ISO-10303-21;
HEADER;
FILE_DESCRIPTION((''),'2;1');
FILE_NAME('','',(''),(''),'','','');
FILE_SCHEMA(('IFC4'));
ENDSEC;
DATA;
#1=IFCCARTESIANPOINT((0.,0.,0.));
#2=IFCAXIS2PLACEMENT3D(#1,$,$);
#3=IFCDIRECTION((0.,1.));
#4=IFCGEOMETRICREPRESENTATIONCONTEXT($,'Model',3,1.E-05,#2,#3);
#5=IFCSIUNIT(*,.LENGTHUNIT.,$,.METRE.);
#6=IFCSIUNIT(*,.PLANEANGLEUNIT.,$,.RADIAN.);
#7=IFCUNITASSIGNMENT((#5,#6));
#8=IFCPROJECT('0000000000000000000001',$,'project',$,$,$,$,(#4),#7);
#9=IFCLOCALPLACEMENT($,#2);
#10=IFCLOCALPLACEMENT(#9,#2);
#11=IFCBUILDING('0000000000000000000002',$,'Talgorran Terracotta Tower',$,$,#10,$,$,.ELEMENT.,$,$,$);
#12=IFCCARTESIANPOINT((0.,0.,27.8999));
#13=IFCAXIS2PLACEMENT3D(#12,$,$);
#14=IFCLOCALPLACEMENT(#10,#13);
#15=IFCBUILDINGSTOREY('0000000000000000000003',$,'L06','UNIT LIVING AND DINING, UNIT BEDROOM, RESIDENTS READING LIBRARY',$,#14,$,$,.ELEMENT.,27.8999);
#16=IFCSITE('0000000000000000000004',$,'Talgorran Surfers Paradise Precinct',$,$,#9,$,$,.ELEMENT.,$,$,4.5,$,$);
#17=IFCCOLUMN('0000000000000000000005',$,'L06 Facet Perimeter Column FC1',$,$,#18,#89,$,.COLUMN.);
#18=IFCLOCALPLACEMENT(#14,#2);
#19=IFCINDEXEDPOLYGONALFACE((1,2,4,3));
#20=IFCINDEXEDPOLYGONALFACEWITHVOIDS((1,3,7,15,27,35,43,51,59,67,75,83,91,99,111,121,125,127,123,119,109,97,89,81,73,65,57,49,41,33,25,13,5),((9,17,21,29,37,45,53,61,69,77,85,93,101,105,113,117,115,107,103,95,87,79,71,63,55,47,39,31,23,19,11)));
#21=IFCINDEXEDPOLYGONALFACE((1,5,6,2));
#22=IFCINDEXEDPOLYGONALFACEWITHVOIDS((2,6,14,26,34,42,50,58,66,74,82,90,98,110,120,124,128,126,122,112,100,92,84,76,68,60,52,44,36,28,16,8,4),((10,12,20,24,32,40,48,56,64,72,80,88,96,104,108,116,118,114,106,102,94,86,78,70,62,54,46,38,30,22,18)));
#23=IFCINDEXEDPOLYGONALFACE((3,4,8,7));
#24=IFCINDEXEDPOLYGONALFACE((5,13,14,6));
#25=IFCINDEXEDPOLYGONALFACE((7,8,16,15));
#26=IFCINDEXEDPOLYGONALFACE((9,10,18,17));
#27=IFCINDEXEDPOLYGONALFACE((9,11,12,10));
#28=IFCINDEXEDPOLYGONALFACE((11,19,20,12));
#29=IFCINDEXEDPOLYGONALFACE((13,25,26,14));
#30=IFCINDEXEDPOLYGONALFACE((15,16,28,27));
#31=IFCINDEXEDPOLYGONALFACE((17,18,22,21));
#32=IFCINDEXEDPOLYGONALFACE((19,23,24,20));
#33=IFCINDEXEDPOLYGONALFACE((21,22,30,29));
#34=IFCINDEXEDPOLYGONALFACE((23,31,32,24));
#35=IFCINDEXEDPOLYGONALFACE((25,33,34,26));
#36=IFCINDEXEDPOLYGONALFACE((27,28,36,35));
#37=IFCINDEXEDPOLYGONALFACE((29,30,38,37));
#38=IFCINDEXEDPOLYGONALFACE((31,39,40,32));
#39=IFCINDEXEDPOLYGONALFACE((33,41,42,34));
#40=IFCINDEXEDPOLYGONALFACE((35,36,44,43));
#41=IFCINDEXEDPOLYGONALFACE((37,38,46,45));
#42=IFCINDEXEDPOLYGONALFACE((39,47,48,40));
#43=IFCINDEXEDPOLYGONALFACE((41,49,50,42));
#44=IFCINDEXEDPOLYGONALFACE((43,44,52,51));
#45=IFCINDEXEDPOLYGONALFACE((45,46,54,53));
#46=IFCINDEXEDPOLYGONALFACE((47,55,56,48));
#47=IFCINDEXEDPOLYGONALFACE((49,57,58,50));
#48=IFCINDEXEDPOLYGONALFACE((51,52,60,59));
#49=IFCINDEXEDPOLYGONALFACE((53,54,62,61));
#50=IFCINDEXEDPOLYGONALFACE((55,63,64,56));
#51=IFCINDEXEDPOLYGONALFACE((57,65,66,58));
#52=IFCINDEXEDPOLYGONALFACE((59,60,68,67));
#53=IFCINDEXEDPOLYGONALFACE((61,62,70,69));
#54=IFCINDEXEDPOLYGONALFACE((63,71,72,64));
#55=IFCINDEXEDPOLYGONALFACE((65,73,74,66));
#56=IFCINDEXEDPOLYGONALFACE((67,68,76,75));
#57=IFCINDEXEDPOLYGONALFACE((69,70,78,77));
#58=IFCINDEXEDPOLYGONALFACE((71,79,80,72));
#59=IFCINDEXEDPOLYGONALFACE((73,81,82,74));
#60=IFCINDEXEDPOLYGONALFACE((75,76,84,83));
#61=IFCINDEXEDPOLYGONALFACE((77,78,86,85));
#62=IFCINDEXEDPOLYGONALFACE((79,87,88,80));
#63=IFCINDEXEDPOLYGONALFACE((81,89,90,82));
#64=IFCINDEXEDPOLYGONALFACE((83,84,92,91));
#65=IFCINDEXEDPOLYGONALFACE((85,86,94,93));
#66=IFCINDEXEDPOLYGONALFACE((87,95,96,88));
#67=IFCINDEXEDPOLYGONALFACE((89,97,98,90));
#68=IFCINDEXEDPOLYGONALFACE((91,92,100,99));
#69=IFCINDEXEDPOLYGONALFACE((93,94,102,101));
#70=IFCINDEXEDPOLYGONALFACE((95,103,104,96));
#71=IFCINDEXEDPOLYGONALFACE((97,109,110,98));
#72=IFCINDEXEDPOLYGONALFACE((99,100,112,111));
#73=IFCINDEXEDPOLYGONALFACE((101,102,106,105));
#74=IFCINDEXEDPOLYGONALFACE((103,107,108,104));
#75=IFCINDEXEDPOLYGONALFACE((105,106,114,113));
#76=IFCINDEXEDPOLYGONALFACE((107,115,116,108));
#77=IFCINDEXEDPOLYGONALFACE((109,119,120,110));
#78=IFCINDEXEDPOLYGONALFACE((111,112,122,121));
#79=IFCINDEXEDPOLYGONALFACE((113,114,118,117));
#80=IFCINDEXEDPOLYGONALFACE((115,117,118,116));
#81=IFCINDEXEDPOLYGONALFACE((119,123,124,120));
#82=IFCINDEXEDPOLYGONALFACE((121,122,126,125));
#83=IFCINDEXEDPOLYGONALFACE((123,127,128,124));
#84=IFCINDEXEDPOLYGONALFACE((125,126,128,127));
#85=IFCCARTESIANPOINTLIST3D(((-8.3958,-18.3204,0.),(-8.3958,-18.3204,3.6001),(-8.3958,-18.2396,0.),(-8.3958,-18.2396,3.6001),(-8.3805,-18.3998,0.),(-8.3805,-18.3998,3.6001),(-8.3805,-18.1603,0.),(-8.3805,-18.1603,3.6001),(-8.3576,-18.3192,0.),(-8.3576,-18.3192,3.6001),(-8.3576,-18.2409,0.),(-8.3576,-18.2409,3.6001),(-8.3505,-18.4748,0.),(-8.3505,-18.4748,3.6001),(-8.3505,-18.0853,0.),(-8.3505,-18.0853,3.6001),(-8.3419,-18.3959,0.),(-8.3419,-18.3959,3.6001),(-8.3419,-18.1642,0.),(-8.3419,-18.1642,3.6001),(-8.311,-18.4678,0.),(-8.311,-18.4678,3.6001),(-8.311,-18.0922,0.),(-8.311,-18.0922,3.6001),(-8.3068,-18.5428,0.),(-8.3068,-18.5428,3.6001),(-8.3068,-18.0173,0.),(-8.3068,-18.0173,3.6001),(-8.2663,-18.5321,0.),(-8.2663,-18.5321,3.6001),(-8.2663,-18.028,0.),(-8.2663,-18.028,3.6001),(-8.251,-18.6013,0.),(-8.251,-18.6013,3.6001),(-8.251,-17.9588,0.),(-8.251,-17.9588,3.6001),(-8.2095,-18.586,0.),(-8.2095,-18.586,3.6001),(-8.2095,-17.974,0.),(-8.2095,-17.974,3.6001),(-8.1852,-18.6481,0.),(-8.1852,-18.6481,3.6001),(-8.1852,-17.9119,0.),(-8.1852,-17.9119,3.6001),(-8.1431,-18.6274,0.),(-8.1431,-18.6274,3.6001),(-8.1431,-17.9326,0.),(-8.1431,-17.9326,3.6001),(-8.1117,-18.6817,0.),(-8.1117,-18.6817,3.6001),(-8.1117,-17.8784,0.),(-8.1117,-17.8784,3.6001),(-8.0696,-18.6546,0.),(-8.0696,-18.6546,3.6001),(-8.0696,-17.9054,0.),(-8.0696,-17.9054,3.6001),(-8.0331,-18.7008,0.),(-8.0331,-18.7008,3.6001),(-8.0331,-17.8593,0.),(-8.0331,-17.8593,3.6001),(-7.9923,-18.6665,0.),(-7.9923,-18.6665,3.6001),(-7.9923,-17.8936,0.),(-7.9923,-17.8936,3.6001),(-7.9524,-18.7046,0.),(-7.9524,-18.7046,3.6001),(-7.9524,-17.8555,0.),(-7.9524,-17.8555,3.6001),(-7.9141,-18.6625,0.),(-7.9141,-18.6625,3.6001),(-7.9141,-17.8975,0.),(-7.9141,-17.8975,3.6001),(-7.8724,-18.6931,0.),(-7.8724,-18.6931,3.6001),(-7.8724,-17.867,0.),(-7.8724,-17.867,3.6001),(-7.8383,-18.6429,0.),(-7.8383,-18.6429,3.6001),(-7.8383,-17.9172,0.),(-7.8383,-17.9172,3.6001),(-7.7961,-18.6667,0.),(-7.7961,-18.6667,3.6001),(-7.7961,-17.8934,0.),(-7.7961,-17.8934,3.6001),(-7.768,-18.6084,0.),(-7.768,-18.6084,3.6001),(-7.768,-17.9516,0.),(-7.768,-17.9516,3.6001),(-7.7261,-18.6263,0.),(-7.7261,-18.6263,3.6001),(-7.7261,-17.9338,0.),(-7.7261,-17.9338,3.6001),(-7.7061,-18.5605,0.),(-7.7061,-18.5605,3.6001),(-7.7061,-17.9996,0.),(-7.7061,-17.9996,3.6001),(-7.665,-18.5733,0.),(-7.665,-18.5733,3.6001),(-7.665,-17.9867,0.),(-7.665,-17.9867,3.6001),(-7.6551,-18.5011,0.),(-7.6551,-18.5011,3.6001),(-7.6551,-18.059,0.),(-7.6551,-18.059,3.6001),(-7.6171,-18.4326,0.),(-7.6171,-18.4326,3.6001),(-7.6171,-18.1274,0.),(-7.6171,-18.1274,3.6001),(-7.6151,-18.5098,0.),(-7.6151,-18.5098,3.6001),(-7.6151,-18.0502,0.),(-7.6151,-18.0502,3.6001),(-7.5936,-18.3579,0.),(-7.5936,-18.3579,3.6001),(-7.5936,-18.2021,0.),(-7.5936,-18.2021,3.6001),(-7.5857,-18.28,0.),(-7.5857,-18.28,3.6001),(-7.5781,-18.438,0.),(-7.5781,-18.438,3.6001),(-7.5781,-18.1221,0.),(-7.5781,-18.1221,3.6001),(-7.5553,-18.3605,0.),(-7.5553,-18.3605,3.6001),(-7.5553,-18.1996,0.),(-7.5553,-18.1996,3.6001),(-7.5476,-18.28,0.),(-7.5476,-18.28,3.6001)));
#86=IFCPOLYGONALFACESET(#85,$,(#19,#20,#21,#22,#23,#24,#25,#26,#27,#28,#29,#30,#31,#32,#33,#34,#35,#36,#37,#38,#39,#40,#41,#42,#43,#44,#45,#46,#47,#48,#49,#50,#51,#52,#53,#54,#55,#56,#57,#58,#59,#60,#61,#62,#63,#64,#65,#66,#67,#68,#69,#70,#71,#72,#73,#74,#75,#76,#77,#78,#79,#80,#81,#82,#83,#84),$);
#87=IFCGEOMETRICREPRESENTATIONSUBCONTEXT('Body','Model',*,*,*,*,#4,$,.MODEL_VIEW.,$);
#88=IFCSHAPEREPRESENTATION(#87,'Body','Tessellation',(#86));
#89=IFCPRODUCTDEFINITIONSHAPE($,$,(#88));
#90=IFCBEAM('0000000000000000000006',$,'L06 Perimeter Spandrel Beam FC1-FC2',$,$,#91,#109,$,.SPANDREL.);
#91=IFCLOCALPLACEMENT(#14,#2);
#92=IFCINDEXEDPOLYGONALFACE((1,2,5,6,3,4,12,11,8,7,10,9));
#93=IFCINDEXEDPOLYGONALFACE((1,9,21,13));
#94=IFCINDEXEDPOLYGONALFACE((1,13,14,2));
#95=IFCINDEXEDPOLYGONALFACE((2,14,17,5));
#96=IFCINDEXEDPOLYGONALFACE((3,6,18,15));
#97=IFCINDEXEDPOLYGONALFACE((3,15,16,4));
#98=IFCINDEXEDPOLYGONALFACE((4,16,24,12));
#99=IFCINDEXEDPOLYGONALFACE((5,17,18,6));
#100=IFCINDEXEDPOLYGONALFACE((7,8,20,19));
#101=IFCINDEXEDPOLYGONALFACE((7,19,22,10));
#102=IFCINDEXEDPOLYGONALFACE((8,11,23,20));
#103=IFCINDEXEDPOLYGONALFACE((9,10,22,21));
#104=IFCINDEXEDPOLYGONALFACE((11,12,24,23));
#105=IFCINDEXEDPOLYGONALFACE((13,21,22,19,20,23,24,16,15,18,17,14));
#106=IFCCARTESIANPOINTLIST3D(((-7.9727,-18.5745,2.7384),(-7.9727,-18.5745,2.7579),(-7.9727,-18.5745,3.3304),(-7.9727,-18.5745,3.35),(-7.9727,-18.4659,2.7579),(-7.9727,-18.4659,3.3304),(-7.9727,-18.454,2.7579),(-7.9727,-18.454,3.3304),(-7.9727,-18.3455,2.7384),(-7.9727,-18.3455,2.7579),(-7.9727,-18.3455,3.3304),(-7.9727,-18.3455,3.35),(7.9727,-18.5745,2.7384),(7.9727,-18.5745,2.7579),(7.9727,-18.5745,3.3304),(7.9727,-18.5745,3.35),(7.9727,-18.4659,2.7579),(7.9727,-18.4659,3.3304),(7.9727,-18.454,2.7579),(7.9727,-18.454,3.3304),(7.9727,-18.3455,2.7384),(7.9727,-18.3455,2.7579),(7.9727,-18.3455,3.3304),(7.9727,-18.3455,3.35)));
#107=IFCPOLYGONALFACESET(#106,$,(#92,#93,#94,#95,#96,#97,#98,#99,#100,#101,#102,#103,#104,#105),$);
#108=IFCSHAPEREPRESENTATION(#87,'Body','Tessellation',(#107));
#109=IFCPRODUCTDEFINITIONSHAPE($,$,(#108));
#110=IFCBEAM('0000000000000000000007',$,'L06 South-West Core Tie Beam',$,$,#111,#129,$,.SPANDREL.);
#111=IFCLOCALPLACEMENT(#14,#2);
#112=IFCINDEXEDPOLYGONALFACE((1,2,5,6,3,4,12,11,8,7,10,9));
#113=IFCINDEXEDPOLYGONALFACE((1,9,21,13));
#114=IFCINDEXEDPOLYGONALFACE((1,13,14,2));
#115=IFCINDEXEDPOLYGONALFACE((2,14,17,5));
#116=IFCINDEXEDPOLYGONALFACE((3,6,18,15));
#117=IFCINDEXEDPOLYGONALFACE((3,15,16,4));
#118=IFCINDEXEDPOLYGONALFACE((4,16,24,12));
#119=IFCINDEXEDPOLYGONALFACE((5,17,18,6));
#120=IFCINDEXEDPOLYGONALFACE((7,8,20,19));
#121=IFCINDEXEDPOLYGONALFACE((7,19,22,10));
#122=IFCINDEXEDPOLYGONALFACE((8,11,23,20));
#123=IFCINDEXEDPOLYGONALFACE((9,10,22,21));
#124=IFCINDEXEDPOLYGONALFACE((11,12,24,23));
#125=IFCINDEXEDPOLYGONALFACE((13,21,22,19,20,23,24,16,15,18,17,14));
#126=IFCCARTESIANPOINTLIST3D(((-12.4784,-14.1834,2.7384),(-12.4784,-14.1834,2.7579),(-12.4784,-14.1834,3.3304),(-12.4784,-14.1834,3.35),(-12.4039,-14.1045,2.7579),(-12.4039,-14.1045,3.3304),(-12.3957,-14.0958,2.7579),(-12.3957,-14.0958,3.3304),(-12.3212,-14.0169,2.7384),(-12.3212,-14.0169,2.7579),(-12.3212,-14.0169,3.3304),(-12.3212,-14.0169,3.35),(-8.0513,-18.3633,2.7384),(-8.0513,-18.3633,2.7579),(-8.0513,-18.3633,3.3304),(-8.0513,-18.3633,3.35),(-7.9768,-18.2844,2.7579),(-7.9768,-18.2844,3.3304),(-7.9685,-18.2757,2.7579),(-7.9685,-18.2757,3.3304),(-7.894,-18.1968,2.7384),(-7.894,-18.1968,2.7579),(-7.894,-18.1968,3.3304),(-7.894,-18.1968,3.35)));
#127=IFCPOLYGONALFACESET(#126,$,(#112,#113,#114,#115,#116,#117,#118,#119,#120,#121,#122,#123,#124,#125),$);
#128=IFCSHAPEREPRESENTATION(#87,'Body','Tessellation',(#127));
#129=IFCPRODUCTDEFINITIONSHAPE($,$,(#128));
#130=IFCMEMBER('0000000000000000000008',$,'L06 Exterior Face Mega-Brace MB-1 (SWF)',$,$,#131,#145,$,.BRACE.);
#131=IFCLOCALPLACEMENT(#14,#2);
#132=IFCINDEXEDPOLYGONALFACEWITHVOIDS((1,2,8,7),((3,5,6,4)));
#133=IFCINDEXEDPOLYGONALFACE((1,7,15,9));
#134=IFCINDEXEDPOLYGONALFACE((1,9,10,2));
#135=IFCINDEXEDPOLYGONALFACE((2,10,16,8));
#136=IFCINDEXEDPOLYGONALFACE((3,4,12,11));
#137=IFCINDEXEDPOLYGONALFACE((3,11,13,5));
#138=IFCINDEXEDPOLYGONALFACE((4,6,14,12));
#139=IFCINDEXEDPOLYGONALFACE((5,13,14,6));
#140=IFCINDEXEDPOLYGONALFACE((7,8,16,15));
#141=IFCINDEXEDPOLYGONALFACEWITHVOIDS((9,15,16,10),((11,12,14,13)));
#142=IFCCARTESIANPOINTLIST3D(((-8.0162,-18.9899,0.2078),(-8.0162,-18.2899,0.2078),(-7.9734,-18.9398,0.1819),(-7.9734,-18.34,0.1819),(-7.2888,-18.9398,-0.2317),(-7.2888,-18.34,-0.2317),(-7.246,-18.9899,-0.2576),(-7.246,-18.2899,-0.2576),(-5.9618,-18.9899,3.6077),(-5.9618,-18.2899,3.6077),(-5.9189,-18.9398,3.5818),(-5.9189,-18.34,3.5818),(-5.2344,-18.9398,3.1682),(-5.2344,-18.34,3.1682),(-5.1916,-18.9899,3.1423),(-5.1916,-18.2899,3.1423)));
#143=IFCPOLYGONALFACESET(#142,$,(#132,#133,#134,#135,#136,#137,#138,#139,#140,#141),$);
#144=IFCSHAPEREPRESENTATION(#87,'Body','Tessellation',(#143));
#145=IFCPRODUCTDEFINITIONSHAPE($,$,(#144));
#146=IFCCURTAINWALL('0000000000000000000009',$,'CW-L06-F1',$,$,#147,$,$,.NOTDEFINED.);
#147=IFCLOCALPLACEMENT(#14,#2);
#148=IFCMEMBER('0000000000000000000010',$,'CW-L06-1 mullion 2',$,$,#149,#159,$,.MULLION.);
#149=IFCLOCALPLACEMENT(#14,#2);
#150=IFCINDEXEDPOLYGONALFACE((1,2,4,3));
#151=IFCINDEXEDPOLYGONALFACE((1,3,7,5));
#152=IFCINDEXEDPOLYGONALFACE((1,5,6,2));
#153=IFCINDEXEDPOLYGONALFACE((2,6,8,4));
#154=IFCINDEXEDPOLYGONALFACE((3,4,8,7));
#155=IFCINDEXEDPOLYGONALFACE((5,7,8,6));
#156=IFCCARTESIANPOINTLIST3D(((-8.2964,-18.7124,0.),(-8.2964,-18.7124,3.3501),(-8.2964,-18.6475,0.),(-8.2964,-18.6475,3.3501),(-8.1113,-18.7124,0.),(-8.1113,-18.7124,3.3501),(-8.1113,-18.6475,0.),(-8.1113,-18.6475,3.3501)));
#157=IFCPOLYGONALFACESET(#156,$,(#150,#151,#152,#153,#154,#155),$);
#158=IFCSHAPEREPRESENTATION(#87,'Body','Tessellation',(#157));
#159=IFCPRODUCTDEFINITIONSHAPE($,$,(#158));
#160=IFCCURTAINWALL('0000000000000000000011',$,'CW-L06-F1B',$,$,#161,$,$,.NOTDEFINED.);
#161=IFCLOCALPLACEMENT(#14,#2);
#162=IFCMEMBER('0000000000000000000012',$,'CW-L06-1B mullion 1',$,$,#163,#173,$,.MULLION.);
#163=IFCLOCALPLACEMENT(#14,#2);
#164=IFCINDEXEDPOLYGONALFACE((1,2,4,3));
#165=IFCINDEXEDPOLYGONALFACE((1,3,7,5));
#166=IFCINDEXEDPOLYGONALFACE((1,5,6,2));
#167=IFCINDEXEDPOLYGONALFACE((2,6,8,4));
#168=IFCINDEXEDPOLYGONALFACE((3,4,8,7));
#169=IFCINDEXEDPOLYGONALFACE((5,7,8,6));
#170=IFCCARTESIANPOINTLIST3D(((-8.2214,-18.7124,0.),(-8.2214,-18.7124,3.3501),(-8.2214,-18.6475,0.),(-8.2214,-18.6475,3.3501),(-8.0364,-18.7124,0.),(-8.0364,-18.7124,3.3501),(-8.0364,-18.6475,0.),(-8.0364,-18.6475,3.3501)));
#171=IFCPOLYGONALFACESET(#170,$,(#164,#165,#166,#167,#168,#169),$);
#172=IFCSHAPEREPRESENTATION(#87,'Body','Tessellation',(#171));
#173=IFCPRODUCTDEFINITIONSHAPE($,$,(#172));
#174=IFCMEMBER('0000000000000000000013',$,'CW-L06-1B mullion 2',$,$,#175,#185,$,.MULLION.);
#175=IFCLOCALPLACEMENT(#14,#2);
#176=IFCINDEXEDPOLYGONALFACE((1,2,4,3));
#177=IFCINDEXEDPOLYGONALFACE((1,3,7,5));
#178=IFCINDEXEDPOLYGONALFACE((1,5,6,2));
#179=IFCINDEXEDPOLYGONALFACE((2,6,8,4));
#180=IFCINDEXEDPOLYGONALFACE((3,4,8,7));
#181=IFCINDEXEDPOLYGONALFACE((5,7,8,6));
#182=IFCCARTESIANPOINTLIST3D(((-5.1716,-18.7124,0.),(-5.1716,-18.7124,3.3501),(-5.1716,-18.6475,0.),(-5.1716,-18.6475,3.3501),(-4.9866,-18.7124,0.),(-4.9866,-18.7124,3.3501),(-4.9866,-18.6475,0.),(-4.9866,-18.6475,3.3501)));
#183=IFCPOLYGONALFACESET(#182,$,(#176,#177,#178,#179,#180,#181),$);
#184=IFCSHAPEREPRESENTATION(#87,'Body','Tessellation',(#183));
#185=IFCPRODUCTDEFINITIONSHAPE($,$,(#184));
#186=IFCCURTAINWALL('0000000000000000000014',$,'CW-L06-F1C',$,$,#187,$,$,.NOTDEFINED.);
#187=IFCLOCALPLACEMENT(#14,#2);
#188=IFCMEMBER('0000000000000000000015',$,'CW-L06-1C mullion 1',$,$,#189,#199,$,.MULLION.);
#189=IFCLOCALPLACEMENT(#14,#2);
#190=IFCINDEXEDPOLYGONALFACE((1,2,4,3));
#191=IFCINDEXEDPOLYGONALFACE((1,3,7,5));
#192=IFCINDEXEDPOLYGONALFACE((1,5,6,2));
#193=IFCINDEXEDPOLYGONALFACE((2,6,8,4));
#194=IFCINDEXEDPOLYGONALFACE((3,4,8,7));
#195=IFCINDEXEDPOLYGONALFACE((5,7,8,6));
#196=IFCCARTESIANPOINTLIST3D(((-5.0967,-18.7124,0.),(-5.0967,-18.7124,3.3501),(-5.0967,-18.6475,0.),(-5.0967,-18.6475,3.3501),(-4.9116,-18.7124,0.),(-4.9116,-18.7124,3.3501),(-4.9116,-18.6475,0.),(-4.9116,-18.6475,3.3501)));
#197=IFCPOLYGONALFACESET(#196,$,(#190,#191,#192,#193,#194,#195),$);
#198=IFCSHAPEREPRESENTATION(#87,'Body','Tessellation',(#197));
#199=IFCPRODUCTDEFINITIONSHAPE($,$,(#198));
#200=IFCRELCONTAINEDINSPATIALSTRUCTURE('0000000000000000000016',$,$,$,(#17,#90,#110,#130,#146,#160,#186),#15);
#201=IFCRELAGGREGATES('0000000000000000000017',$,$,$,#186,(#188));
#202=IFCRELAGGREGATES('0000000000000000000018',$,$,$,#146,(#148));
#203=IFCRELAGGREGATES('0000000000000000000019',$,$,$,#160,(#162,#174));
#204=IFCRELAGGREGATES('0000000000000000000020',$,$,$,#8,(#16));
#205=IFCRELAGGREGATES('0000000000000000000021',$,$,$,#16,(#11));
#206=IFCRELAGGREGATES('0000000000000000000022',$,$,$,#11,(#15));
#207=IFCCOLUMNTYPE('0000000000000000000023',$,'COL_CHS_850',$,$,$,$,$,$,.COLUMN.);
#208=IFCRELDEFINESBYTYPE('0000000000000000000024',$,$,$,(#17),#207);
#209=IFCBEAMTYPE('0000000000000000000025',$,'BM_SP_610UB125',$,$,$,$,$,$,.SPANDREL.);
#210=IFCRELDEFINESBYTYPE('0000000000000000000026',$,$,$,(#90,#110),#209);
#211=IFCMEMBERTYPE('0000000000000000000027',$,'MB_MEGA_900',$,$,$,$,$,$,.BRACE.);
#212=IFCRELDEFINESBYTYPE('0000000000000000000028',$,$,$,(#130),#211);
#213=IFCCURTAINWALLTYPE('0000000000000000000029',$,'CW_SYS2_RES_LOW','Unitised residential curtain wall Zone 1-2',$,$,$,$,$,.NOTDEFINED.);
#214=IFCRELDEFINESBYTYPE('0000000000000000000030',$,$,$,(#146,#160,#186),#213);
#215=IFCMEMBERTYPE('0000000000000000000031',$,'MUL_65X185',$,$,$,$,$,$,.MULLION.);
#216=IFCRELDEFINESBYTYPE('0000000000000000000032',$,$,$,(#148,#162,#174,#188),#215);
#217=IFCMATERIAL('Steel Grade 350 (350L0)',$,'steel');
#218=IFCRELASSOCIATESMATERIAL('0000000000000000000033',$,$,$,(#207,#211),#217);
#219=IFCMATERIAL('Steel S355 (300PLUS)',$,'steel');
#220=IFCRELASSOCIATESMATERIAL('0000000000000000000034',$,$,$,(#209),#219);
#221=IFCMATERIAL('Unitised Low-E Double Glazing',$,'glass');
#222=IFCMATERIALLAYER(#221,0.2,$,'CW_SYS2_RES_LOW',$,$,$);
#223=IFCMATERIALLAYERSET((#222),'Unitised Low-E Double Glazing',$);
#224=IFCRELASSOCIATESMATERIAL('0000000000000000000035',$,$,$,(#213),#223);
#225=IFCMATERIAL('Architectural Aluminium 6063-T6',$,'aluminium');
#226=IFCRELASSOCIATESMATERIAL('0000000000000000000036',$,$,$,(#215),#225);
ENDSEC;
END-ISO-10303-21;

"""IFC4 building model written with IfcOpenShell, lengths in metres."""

from ifc_helpers import new_model, si_unit, direction, frame, origin, origin_2d, place, context, subcontext, project, spatial, rectangle, hollow_rectangle, hollow_circle, i_section, extrude, material, layer, layer_set, material_profile, profile_set, type_object, element, aggregate, save


model = new_model("IFC4")

# Units and contexts
model_context = context("Model", 3, precision=1e-05, world=origin(), true_north=direction((0.0, 1.0)))
body_context = subcontext(model_context, "Body", "Model", "MODEL_VIEW")
ifc_project = project(units=[si_unit("LENGTHUNIT", "METRE"), si_unit("PLANEANGLEUNIT", "RADIAN")], contexts=[model_context])

# Site, building, storey
site_placement = place(None, origin())
site = spatial("IfcSite", under=ifc_project, at=site_placement, Name="Talgorran Surfers Paradise Precinct", CompositionType="ELEMENT", RefElevation=4.5)
building_placement = place(site_placement, origin())
building = spatial("IfcBuilding", under=site, at=building_placement, Name="Talgorran Terracotta Tower", CompositionType="ELEMENT")
storey_placement = place(building_placement, frame((0.0, 0.0, 27.8999)))
storey = spatial("IfcBuildingStorey", under=building, at=storey_placement, Name="L06", Description="UNIT LIVING AND DINING, UNIT BEDROOM, RESIDENTS READING LIBRARY", CompositionType="ELEMENT", Elevation=27.8999)

# Column
ifc_material_1 = material(Name="Steel Grade 350 (350L0)", Category="steel")
ifc_material_profile_1 = material_profile(ifc_material_1, hollow_circle(Radius=0.425, WallThickness=0.0381, at=origin_2d()), Name="CHS850X38")
ifc_profile_set_1 = profile_set([ifc_material_profile_1], Name="Steel Grade 350 (350L0)")
column_type = type_object("IfcColumnType", Name="COL_CHS_850", PredefinedType="COLUMN", material=ifc_profile_set_1)
column_placement = place(storey_placement, frame((-7.9727, -18.28, 0.0), z_axis=(0.0, 0.0, 1.0), x_axis=(1.0, 0.0, 0.0)))
element("IfcColumn", 1, at=column_placement, inside=storey, type_object=column_type, Name="L06 Facet Perimeter Column FC1", PredefinedType="COLUMN", context=body_context, shape_type="SweptSolid", body=[
    extrude(hollow_circle(Radius=0.425, WallThickness=0.0381, at=origin_2d()), origin(), (0.0, 0.0, 1.0), 3.6001),
])

# Beams
ifc_material_2 = material(Name="Steel S355 (300PLUS)", Category="steel")
ifc_material_profile_2 = material_profile(ifc_material_2, i_section(OverallWidth=0.229, OverallDepth=0.6116, WebThickness=0.012, FlangeThickness=0.0195, at=origin_2d()), Name="610UB125")
ifc_profile_set_2 = profile_set([ifc_material_profile_2], Name="Steel S355 (300PLUS)")
beam_type = type_object("IfcBeamType", Name="BM_SP_610UB125", PredefinedType="SPANDREL", material=ifc_profile_set_2)
beam_1_placement = place(storey_placement, frame((-7.9727, -18.46, 3.0442), z_axis=(1.0, 0.0, 0.0), x_axis=(0.0, 1.0, 0.0)))
element("IfcBeam", 2, at=beam_1_placement, inside=storey, type_object=beam_type, Name="L06 Perimeter Spandrel Beam FC1-FC2", PredefinedType="SPANDREL", context=body_context, shape_type="SweptSolid", body=[
    extrude(i_section(OverallWidth=0.229, OverallDepth=0.6116, WebThickness=0.012, FlangeThickness=0.0195, at=origin_2d()), origin(), (0.0, 0.0, 1.0), 15.9453),
])
beam_2_placement = place(storey_placement, frame((-7.9727, -18.28, 3.0442), z_axis=(-0.727124, 0.686506, 0.0), x_axis=(-0.686506, -0.727124, 0.0)))
element("IfcBeam", 3, at=beam_2_placement, inside=storey, type_object=beam_type, Name="L06 South-West Core Tie Beam", PredefinedType="SPANDREL", context=body_context, shape_type="SweptSolid", body=[
    extrude(i_section(OverallWidth=0.229, OverallDepth=0.6116, WebThickness=0.012, FlangeThickness=0.0195, at=origin_2d()), origin(), (0.0, 0.0, 1.0), 6.0886),
])

# Member
ifc_material_profile_3 = material_profile(ifc_material_1, hollow_rectangle(XDim=0.7, YDim=0.8999, WallThickness=0.05, at=origin_2d()), Name="WBOX900X700X50")
ifc_profile_set_3 = profile_set([ifc_material_profile_3], Name="Steel Grade 350 (350L0)")
member_type_1 = type_object("IfcMemberType", Name="MB_MEGA_900", PredefinedType="BRACE", material=ifc_profile_set_3)
member_1_placement = place(storey_placement, frame((-7.6311, -18.6399, -0.0249), z_axis=(0.517178, 0.0, 0.855878), x_axis=(0.0, 1.0, 0.0)))
element("IfcMember", 4, at=member_1_placement, inside=storey, type_object=member_type_1, Name="L06 Exterior Face Mega-Brace MB-1 (SWF)", PredefinedType="BRACE", context=body_context, shape_type="SweptSolid", body=[
    extrude(hollow_rectangle(XDim=0.7, YDim=0.8999, WallThickness=0.05, at=origin_2d()), origin(), (0.0, 0.0, 1.0), 3.9724),
])

# Curtain wall, member
ifc_material_3 = material(Name="Unitised Low-E Double Glazing", Category="glass")
ifc_layer_1 = layer(ifc_material_3, 0.2, Name="CW_SYS2_RES_LOW")
ifc_layer_set_1 = layer_set([ifc_layer_1], Name="Unitised Low-E Double Glazing")
curtain_wall_type = type_object("IfcCurtainWallType", Name="CW_SYS2_RES_LOW", Description="Unitised residential curtain wall Zone 1-2", PredefinedType="NOTDEFINED", material=ifc_layer_set_1)
curtain_wall_1_placement = place(storey_placement, origin())
curtain_wall_1 = element("IfcCurtainWall", 5, at=curtain_wall_1_placement, inside=storey, type_object=curtain_wall_type, Name="CW-L06-F1", PredefinedType="NOTDEFINED")
ifc_material_4 = material(Name="Architectural Aluminium 6063-T6", Category="aluminium")
ifc_material_profile_4 = material_profile(ifc_material_4, rectangle(XDim=0.0649, YDim=0.1851, at=origin_2d()), Name="CWM65X185")
ifc_profile_set_4 = profile_set([ifc_material_profile_4], Name="Architectural Aluminium 6063-T6")
member_type_2 = type_object("IfcMemberType", Name="MUL_65X185", PredefinedType="MULLION", material=ifc_profile_set_4)
member_2_placement = place(storey_placement, frame((-8.2039, -18.6799, 0.0), z_axis=(0.0, 0.0, 1.0), x_axis=(0.0, 1.0, 0.0)))
member_2 = element("IfcMember", 6, at=member_2_placement, type_object=member_type_2, Name="CW-L06-1 mullion 2", PredefinedType="MULLION", context=body_context, shape_type="SweptSolid", body=[
    extrude(rectangle(XDim=0.0649, YDim=0.1851, at=origin_2d()), origin(), (0.0, 0.0, 1.0), 3.3501),
])

# Curtain wall, members
curtain_wall_2_placement = place(storey_placement, origin())
curtain_wall_2 = element("IfcCurtainWall", 7, at=curtain_wall_2_placement, inside=storey, type_object=curtain_wall_type, Name="CW-L06-F1B", PredefinedType="NOTDEFINED")
member_3_placement = place(storey_placement, frame((-8.1289, -18.6799, 0.0), z_axis=(0.0, 0.0, 1.0), x_axis=(0.0, 1.0, 0.0)))
member_3 = element("IfcMember", 8, at=member_3_placement, type_object=member_type_2, Name="CW-L06-1B mullion 1", PredefinedType="MULLION", context=body_context, shape_type="SweptSolid", body=[
    extrude(rectangle(XDim=0.0649, YDim=0.1851, at=origin_2d()), origin(), (0.0, 0.0, 1.0), 3.3501),
])
member_4_placement = place(storey_placement, frame((-5.0791, -18.6799, 0.0), z_axis=(0.0, 0.0, 1.0), x_axis=(0.0, 1.0, 0.0)))
member_4 = element("IfcMember", 9, at=member_4_placement, type_object=member_type_2, Name="CW-L06-1B mullion 2", PredefinedType="MULLION", context=body_context, shape_type="SweptSolid", body=[
    extrude(rectangle(XDim=0.0649, YDim=0.1851, at=origin_2d()), origin(), (0.0, 0.0, 1.0), 3.3501),
])

# Curtain wall, member
curtain_wall_3_placement = place(storey_placement, origin())
curtain_wall_3 = element("IfcCurtainWall", 10, at=curtain_wall_3_placement, inside=storey, type_object=curtain_wall_type, Name="CW-L06-F1C", PredefinedType="NOTDEFINED")
member_5_placement = place(storey_placement, frame((-5.0042, -18.6799, 0.0), z_axis=(0.0, 0.0, 1.0), x_axis=(0.0, 1.0, 0.0)))
member_5 = element("IfcMember", 11, at=member_5_placement, type_object=member_type_2, Name="CW-L06-1C mullion 1", PredefinedType="MULLION", context=body_context, shape_type="SweptSolid", body=[
    extrude(rectangle(XDim=0.0649, YDim=0.1851, at=origin_2d()), origin(), (0.0, 0.0, 1.0), 3.3501),
])

aggregate(curtain_wall_3, [member_5])

aggregate(curtain_wall_1, [member_2])
aggregate(curtain_wall_2, [member_3, member_4])

save(model, "model.ifc")
